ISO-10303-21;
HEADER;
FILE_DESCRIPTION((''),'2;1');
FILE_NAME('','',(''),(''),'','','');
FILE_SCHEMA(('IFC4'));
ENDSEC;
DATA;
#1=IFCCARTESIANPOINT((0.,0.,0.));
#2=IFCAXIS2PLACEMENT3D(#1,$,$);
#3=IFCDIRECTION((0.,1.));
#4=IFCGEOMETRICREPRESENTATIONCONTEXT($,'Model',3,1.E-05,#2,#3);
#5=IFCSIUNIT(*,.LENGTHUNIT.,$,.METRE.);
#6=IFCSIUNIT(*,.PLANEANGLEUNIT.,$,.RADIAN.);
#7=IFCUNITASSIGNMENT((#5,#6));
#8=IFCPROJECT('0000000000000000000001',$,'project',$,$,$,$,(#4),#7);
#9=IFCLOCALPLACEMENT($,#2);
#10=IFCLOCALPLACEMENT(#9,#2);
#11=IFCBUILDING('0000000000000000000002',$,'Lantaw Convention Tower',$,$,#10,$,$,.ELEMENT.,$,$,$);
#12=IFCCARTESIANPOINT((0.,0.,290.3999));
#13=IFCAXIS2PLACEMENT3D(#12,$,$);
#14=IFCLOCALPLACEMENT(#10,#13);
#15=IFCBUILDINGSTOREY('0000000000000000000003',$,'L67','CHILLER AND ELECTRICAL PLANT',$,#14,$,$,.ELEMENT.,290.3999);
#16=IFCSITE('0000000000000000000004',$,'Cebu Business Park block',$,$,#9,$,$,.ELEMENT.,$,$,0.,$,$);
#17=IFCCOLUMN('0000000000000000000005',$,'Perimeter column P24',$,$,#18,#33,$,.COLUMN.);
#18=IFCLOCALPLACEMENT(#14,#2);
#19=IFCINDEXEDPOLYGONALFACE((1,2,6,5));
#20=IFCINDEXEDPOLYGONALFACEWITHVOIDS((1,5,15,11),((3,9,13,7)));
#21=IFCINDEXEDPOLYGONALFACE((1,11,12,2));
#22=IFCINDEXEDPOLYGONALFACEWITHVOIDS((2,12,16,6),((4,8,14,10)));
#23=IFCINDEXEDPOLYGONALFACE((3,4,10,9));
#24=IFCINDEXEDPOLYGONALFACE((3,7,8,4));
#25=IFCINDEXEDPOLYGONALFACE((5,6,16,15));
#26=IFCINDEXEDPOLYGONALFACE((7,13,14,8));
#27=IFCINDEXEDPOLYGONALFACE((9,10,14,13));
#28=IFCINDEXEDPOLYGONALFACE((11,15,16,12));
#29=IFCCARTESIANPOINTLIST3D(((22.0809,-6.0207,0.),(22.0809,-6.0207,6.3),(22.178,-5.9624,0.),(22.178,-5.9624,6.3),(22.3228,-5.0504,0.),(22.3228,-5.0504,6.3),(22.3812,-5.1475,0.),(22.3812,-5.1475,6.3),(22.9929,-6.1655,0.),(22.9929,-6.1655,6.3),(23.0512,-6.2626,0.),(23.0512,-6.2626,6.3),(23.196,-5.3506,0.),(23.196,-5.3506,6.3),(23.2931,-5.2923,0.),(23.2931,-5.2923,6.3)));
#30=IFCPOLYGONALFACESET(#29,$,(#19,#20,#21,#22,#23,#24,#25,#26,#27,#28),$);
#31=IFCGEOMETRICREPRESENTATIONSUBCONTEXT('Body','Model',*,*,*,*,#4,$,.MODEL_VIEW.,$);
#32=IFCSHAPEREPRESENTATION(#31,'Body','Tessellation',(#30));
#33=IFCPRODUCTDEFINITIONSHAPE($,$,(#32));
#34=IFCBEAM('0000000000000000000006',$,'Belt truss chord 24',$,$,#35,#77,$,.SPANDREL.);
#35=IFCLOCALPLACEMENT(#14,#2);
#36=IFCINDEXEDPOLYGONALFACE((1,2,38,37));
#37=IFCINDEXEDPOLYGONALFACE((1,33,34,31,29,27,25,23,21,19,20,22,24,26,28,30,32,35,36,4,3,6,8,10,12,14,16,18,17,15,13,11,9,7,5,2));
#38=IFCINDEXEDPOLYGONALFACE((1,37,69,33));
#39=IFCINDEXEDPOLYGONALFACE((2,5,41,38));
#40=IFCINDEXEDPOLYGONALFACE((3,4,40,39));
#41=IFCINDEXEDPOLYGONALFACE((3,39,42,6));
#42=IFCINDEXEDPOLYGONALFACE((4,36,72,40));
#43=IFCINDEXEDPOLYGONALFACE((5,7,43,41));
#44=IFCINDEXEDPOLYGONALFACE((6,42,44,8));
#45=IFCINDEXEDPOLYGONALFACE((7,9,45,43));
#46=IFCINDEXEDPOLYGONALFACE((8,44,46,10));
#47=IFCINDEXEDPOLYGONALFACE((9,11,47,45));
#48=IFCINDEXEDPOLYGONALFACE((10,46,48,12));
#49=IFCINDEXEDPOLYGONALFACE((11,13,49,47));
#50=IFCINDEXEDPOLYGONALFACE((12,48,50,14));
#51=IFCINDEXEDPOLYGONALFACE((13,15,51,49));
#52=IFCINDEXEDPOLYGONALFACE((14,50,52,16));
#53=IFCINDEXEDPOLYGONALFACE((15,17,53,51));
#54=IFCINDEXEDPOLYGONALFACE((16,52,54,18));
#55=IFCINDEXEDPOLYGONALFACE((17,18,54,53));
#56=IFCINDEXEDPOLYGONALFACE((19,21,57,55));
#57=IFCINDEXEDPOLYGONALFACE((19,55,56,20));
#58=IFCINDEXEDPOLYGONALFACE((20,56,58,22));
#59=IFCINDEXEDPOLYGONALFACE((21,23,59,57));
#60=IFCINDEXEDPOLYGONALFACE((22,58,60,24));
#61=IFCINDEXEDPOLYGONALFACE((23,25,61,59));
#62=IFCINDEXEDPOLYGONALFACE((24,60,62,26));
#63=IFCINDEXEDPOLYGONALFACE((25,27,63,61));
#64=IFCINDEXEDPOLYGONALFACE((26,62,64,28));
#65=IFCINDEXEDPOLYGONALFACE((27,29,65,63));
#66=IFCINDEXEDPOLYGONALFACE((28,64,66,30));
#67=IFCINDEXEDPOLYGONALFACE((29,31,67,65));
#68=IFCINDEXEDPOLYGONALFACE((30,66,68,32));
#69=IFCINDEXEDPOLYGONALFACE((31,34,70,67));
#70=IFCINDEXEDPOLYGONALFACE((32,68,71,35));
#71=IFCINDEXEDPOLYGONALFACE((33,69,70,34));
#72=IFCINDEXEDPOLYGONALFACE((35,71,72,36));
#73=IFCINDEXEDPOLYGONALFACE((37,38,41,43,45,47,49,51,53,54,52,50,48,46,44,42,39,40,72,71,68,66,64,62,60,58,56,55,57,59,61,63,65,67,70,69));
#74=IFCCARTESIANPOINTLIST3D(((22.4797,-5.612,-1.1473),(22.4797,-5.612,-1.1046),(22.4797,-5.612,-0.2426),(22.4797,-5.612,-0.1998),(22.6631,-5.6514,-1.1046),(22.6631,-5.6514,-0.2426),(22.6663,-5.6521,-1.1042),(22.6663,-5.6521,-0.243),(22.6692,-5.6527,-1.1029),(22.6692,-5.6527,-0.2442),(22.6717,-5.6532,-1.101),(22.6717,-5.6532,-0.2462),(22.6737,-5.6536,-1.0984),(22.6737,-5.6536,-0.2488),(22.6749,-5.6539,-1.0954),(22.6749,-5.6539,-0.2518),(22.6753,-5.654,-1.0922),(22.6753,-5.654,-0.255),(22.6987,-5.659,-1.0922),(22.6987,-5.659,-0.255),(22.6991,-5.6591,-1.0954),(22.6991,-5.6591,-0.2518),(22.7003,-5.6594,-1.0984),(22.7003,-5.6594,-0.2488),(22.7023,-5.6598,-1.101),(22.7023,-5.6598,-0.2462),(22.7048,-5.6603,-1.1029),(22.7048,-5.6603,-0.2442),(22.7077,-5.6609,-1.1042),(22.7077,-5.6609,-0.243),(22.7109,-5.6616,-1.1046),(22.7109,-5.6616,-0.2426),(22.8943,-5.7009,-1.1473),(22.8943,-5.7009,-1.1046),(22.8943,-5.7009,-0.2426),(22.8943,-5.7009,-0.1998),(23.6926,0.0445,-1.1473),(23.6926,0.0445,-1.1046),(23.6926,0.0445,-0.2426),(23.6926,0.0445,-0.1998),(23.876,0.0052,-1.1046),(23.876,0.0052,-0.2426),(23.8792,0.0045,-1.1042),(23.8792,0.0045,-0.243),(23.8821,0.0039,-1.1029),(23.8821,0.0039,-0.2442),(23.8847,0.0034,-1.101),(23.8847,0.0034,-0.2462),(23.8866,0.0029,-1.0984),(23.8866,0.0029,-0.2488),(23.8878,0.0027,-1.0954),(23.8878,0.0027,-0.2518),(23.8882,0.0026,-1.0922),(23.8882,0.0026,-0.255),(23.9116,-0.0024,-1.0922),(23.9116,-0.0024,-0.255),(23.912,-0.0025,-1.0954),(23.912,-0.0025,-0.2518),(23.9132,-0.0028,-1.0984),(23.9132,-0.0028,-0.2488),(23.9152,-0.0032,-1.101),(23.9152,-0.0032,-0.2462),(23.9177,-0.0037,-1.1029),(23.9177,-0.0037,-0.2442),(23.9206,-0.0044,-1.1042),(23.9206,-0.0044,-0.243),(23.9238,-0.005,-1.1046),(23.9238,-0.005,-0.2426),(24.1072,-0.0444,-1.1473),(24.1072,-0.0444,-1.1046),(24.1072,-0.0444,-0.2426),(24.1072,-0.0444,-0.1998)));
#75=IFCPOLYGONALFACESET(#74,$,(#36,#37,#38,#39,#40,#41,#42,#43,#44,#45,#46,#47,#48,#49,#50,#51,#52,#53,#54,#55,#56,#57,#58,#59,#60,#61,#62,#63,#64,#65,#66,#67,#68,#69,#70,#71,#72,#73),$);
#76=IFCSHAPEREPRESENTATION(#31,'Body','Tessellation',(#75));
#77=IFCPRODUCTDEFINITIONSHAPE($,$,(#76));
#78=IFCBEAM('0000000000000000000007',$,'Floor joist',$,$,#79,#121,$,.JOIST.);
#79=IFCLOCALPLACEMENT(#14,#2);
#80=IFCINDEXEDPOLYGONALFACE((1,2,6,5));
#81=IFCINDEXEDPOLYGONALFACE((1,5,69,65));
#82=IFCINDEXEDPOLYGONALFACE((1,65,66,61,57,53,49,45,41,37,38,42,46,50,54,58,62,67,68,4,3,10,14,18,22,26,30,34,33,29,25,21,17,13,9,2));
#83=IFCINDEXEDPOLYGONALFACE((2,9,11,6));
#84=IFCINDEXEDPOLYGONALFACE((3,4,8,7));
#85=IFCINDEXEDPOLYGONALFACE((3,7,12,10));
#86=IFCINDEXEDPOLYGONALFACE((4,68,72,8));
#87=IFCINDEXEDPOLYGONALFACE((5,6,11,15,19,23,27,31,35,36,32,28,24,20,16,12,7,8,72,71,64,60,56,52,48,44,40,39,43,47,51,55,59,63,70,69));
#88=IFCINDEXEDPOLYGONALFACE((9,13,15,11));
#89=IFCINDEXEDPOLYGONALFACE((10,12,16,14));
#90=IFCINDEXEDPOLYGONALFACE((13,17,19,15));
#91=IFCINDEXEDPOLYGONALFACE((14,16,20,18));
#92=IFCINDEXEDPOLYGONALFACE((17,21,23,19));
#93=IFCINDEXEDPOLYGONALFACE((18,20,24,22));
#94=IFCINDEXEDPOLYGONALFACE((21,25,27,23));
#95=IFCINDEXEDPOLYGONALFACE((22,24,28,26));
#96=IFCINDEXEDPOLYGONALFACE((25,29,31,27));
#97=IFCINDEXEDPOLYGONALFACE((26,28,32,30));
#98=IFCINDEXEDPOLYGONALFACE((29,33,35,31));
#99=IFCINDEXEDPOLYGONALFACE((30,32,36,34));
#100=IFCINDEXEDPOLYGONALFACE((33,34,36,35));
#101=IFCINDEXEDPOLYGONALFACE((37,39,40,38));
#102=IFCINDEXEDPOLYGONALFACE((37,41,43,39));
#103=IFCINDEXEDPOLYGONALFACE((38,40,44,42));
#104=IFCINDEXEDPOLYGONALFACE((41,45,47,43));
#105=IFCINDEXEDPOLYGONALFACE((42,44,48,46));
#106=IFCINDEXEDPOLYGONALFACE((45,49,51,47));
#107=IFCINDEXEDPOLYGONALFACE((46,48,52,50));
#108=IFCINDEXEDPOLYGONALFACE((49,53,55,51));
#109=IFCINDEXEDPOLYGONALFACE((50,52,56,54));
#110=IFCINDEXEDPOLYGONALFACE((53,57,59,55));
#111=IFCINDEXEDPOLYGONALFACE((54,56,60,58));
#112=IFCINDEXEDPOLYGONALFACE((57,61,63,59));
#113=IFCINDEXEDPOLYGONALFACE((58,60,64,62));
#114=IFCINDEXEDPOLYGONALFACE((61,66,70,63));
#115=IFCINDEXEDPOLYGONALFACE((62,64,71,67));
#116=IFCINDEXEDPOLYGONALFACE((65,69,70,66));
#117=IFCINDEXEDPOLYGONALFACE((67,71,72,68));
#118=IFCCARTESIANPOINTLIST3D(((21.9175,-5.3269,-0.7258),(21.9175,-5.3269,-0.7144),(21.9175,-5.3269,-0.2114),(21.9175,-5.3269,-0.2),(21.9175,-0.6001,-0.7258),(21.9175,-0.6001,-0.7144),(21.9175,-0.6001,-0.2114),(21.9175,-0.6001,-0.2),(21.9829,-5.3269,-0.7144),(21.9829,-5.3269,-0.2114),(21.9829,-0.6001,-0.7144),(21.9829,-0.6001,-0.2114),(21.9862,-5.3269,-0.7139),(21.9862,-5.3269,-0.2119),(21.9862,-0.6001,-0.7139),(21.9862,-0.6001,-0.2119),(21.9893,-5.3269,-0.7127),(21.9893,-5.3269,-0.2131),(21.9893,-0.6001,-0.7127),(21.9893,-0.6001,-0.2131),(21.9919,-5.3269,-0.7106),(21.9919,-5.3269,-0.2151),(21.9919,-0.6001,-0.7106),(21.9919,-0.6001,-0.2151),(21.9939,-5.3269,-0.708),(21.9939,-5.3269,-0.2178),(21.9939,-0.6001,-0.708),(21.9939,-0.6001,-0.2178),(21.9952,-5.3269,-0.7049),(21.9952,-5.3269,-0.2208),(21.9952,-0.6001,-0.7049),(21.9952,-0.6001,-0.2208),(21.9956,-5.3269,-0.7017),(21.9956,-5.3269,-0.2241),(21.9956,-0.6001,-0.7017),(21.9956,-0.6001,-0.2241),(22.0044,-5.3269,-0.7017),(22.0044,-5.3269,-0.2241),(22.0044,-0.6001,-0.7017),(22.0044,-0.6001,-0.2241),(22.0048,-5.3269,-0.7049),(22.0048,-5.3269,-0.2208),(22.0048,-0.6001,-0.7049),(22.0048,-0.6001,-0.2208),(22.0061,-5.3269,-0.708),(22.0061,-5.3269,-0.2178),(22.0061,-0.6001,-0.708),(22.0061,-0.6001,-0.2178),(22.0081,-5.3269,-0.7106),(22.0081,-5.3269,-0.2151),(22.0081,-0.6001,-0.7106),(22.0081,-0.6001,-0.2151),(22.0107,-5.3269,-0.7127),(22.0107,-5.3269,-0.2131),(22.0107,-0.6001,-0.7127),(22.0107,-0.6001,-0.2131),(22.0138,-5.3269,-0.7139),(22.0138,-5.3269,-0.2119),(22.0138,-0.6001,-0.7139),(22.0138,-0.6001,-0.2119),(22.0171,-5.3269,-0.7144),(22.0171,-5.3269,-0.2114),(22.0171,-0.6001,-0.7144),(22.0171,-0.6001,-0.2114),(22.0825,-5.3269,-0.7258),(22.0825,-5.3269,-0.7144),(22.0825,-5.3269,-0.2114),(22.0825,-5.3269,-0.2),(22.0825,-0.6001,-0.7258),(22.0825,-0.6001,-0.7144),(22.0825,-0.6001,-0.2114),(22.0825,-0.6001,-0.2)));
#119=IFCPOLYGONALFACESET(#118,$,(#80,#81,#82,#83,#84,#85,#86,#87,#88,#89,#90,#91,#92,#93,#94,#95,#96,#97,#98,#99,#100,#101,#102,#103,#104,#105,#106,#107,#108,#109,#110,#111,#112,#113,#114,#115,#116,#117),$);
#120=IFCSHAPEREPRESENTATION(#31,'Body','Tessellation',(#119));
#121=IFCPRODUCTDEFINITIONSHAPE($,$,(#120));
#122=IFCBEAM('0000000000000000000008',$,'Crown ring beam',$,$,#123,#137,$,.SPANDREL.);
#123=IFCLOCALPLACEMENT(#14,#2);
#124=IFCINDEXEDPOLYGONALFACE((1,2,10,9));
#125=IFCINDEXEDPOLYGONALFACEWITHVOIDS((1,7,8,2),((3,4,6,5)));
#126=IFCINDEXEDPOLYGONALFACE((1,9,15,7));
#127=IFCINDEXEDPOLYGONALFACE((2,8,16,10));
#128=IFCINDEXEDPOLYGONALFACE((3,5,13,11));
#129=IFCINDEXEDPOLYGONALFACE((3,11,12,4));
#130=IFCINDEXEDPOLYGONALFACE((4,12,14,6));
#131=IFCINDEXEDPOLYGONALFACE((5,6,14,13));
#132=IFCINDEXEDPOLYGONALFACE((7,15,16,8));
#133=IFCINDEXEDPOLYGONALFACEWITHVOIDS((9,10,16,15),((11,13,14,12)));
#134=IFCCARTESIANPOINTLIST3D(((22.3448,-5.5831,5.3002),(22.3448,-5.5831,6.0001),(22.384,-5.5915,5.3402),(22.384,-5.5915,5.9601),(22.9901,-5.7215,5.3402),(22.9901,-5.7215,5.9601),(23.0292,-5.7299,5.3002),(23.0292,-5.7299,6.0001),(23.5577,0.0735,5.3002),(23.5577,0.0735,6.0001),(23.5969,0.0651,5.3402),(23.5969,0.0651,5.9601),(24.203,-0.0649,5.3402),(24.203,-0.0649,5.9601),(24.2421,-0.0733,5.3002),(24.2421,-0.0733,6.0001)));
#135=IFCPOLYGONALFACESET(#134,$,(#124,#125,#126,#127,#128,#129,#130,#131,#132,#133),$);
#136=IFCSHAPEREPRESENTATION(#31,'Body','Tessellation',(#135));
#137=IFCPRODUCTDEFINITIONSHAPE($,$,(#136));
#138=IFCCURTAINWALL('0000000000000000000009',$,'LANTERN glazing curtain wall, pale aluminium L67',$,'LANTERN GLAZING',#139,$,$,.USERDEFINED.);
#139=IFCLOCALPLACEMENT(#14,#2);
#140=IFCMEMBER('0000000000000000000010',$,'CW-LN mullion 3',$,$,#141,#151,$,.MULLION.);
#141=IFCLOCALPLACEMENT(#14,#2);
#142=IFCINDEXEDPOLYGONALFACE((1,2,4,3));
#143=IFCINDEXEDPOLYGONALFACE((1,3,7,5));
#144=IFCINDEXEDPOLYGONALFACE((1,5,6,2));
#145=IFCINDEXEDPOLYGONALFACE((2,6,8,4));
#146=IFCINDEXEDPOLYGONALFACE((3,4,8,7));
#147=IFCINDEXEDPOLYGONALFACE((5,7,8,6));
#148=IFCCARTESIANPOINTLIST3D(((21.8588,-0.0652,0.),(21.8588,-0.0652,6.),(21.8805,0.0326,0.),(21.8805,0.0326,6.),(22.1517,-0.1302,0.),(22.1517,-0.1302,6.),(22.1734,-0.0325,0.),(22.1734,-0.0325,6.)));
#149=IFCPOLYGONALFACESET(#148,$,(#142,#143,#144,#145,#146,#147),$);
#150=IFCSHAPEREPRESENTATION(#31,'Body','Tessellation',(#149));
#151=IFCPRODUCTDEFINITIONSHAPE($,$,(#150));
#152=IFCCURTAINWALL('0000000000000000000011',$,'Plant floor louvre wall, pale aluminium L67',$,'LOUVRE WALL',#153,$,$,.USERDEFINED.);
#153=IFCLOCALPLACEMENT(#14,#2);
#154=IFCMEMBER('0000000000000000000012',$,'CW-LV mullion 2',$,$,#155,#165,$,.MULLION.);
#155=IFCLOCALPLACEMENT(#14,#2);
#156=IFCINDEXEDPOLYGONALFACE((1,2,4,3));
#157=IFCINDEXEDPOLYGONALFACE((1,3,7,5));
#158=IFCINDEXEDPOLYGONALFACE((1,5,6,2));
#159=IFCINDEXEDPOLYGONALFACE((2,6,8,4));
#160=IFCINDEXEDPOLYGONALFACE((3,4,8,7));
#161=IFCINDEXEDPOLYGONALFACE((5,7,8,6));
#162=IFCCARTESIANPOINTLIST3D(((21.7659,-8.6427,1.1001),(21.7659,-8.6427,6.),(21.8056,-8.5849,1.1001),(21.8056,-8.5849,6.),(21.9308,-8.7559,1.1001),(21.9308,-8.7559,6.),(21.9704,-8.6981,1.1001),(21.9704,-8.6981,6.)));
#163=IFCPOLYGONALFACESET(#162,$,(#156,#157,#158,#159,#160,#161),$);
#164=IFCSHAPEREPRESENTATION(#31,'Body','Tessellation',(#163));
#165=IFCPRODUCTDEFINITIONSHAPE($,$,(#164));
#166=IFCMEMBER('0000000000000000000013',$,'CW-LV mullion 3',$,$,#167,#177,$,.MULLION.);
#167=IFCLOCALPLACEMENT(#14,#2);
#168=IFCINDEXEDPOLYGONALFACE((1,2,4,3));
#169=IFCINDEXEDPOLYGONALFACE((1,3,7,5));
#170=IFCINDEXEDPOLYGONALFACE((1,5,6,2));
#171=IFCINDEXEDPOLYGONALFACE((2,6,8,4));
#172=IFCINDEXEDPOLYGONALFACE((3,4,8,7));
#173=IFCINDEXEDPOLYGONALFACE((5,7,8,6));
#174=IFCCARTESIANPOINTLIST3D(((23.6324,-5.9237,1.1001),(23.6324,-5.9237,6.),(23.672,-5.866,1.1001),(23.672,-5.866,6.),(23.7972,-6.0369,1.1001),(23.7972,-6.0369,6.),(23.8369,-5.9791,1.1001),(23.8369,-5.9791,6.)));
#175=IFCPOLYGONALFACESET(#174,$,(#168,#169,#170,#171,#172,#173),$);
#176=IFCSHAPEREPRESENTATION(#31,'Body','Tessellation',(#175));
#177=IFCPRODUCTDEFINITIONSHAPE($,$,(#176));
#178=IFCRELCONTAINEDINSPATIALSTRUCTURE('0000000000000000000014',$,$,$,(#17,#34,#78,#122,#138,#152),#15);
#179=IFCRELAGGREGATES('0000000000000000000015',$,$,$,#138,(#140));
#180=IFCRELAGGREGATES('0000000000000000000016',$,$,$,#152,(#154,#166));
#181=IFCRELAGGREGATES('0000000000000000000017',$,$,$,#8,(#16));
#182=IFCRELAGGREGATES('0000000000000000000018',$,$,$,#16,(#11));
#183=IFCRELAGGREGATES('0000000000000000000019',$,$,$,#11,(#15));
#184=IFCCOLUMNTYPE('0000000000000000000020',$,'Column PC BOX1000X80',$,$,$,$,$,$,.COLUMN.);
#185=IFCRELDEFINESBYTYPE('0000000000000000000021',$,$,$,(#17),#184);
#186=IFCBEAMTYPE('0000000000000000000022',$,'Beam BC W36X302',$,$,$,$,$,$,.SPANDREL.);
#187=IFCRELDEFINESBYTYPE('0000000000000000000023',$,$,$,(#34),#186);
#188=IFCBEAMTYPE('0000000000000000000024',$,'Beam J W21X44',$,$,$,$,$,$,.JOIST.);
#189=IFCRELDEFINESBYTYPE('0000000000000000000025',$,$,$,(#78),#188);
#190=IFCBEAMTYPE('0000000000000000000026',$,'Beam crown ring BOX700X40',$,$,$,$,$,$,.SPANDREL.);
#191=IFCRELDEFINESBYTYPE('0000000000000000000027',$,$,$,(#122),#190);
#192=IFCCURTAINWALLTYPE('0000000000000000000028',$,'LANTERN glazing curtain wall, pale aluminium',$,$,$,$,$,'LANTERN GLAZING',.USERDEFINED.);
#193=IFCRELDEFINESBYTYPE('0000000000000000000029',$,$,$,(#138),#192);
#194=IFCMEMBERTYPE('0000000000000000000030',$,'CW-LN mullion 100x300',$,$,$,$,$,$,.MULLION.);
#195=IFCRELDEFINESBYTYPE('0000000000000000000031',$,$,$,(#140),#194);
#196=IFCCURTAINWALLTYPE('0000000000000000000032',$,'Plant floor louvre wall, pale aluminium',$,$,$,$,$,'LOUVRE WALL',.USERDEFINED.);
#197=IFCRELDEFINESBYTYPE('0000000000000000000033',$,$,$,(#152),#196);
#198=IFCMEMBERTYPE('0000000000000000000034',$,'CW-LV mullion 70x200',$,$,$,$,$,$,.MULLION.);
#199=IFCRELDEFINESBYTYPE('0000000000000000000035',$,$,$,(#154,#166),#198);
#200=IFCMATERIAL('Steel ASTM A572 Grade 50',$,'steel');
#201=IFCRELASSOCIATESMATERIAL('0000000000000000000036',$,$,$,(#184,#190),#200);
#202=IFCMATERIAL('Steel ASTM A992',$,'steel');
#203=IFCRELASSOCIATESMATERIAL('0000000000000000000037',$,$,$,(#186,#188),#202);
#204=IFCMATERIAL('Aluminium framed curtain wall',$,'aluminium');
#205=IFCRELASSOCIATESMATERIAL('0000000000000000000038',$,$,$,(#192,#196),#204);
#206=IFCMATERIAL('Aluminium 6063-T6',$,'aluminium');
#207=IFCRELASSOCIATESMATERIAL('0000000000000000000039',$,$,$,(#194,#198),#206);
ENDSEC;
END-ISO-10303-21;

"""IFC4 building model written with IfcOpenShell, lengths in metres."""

from ifc_helpers import new_model, si_unit, direction, frame, origin, origin_2d, place, context, subcontext, project, spatial, rectangle, hollow_rectangle, i_section, extrude, material, material_profile, profile_set, type_object, element, aggregate, save


model = new_model("IFC4")

# Units and contexts
model_context = context("Model", 3, precision=1e-05, world=origin(), true_north=direction((0.0, 1.0)))
body_context = subcontext(model_context, "Body", "Model", "MODEL_VIEW")
ifc_project = project(units=[si_unit("LENGTHUNIT", "METRE"), si_unit("PLANEANGLEUNIT", "RADIAN")], contexts=[model_context])

# Site, building, storey
site_placement = place(None, origin())
site = spatial("IfcSite", under=ifc_project, at=site_placement, Name="Cebu Business Park block", CompositionType="ELEMENT", RefElevation=0.0)
building_placement = place(site_placement, origin())
building = spatial("IfcBuilding", under=site, at=building_placement, Name="Lantaw Convention Tower", CompositionType="ELEMENT")
storey_placement = place(building_placement, frame((0.0, 0.0, 290.3999)))
storey = spatial("IfcBuildingStorey", under=building, at=storey_placement, Name="L67", Description="CHILLER AND ELECTRICAL PLANT", CompositionType="ELEMENT", Elevation=290.3999)

# Column
ifc_material_1 = material(Name="Steel ASTM A572 Grade 50", Category="steel")
ifc_material_profile_1 = material_profile(ifc_material_1, hollow_rectangle(XDim=1.0, YDim=1.0, WallThickness=0.0801, at=origin_2d()), Name="BOX1000X80")
ifc_material_2 = material(Name="Concrete C60/75", Category="concrete")
ifc_material_profile_2 = material_profile(ifc_material_2, rectangle(XDim=0.8401, YDim=0.8401, at=origin_2d()), Name="Concrete fill of BOX1000X80")
ifc_profile_set_1 = profile_set([ifc_material_profile_1, ifc_material_profile_2], Name="Steel ASTM A572 Grade 50")
column_type = type_object("IfcColumnType", Name="Column PC BOX1000X80", PredefinedType="COLUMN", material=ifc_profile_set_1)
column_placement = place(storey_placement, frame((22.687, -5.6565, 0.0), z_axis=(0.0, 0.0, 1.0), x_axis=(0.241922, 0.970296, 0.0)))
element("IfcColumn", 1, at=column_placement, inside=storey, type_object=column_type, Name="Perimeter column P24", PredefinedType="COLUMN", context=body_context, shape_type="SweptSolid", body=[
    extrude(hollow_rectangle(XDim=1.0, YDim=1.0, WallThickness=0.0801, at=origin_2d()), origin(), (0.0, 0.0, 1.0), 6.3),
])

# Beams
ifc_material_3 = material(Name="Steel ASTM A992", Category="steel")
ifc_material_profile_3 = material_profile(ifc_material_3, i_section(OverallWidth=0.4241, OverallDepth=0.9475, WebThickness=0.0239, FlangeThickness=0.0427, FilletRadius=0.0125, at=origin_2d()), Name="W36X302")
ifc_profile_set_2 = profile_set([ifc_material_profile_3], Name="Steel ASTM A992")
beam_type_1 = type_object("IfcBeamType", Name="Beam BC W36X302", PredefinedType="SPANDREL", material=ifc_profile_set_2)
beam_1_placement = place(storey_placement, frame((22.687, -5.6565, -0.6736), z_axis=(0.209659, 0.977775, 0.0), x_axis=(-0.977775, 0.209659, 0.0)))
element("IfcBeam", 2, at=beam_1_placement, inside=storey, type_object=beam_type_1, Name="Belt truss chord 24", PredefinedType="SPANDREL", context=body_context, shape_type="SweptSolid", body=[
    extrude(i_section(OverallWidth=0.4241, OverallDepth=0.9475, WebThickness=0.0239, FlangeThickness=0.0427, FilletRadius=0.0125, at=origin_2d()), origin(), (0.0, 0.0, 1.0), 5.7852),
])
ifc_material_profile_4 = material_profile(ifc_material_3, i_section(OverallWidth=0.165, OverallDepth=0.5259, WebThickness=0.0088, FlangeThickness=0.0115, FilletRadius=0.0127, at=origin_2d()), Name="W21X44")
ifc_profile_set_3 = profile_set([ifc_material_profile_4], Name="Steel ASTM A992")
beam_type_2 = type_object("IfcBeamType", Name="Beam J W21X44", PredefinedType="JOIST", material=ifc_profile_set_3)
beam_2_placement = place(storey_placement, frame((22.0, -5.3269, -0.4629), z_axis=(0.0, 1.0, 0.0), x_axis=(-1.0, 0.0, 0.0)))
element("IfcBeam", 3, at=beam_2_placement, inside=storey, type_object=beam_type_2, Name="Floor joist", PredefinedType="JOIST", context=body_context, shape_type="SweptSolid", body=[
    extrude(i_section(OverallWidth=0.165, OverallDepth=0.5259, WebThickness=0.0088, FlangeThickness=0.0115, FilletRadius=0.0127, at=origin_2d()), origin(), (0.0, 0.0, 1.0), 4.7268),
])
ifc_material_profile_5 = material_profile(ifc_material_1, hollow_rectangle(XDim=0.7, YDim=0.7, WallThickness=0.04, at=origin_2d()), Name="BOX700X40")
ifc_profile_set_4 = profile_set([ifc_material_profile_5], Name="Steel ASTM A572 Grade 50")
beam_type_3 = type_object("IfcBeamType", Name="Beam crown ring BOX700X40", PredefinedType="SPANDREL", material=ifc_profile_set_4)
beam_3_placement = place(storey_placement, frame((22.687, -5.6565, 5.6501), z_axis=(0.209659, 0.977775, 0.0), x_axis=(-0.977775, 0.209659, 0.0)))
element("IfcBeam", 4, at=beam_3_placement, inside=storey, type_object=beam_type_3, Name="Crown ring beam", PredefinedType="SPANDREL", context=body_context, shape_type="SweptSolid", body=[
    extrude(hollow_rectangle(XDim=0.7, YDim=0.7, WallThickness=0.04, at=origin_2d()), origin(), (0.0, 0.0, 1.0), 5.7852),
])

# Curtain wall, member
ifc_material_4 = material(Name="Aluminium framed curtain wall", Category="aluminium")
curtain_wall_type_1 = type_object("IfcCurtainWallType", Name="LANTERN glazing curtain wall, pale aluminium", ElementType="LANTERN GLAZING", PredefinedType="USERDEFINED", material=ifc_material_4)
curtain_wall_1_placement = place(storey_placement, origin())
curtain_wall_1 = element("IfcCurtainWall", 5, at=curtain_wall_1_placement, inside=storey, type_object=curtain_wall_type_1, Name="LANTERN glazing curtain wall, pale aluminium L67", ObjectType="LANTERN GLAZING", PredefinedType="USERDEFINED")
ifc_material_5 = material(Name="Aluminium 6063-T6", Category="aluminium")
ifc_material_profile_6 = material_profile(ifc_material_5, rectangle(XDim=0.3, YDim=0.1001, at=origin_2d()), Name="CW-LN mullion 100x300")
ifc_profile_set_5 = profile_set([ifc_material_profile_6], Name="Aluminium 6063-T6")
member_type_1 = type_object("IfcMemberType", Name="CW-LN mullion 100x300", PredefinedType="MULLION", material=ifc_profile_set_5)
member_1_placement = place(storey_placement, frame((22.0161, -0.0488, 0.0), z_axis=(0.0, 0.0, 1.0), x_axis=(-0.976224, 0.216765, 0.0)))
member_1 = element("IfcMember", 6, at=member_1_placement, type_object=member_type_1, Name="CW-LN mullion 3", PredefinedType="MULLION", context=body_context, shape_type="SweptSolid", body=[
    extrude(rectangle(XDim=0.3, YDim=0.1001, at=origin_2d()), origin(), (0.0, 0.0, 1.0), 6.0),
])

# Curtain wall, members
curtain_wall_type_2 = type_object("IfcCurtainWallType", Name="Plant floor louvre wall, pale aluminium", ElementType="LOUVRE WALL", PredefinedType="USERDEFINED", material=ifc_material_4)
curtain_wall_2_placement = place(storey_placement, origin())
curtain_wall_2 = element("IfcCurtainWall", 7, at=curtain_wall_2_placement, inside=storey, type_object=curtain_wall_type_2, Name="Plant floor louvre wall, pale aluminium L67", ObjectType="LOUVRE WALL", PredefinedType="USERDEFINED")
ifc_material_profile_7 = material_profile(ifc_material_5, rectangle(XDim=0.2, YDim=0.0701, at=origin_2d()), Name="CW-LV mullion 70x200")
ifc_profile_set_6 = profile_set([ifc_material_profile_7], Name="Aluminium 6063-T6")
member_type_2 = type_object("IfcMemberType", Name="CW-LV mullion 70x200", PredefinedType="MULLION", material=ifc_profile_set_6)
member_2_placement = place(storey_placement, frame((21.8682, -8.6704, 1.1001), z_axis=(0.0, 0.0, 1.0), x_axis=(-0.82445, 0.565935, 0.0)))
member_2 = element("IfcMember", 8, at=member_2_placement, type_object=member_type_2, Name="CW-LV mullion 2", PredefinedType="MULLION", context=body_context, shape_type="SweptSolid", body=[
    extrude(rectangle(XDim=0.2, YDim=0.0701, at=origin_2d()), origin(), (0.0, 0.0, 1.0), 4.8999),
])
member_3_placement = place(storey_placement, frame((23.7346, -5.9514, 1.1001), z_axis=(0.0, 0.0, 1.0), x_axis=(-0.82445, 0.565935, 0.0)))
member_3 = element("IfcMember", 9, at=member_3_placement, type_object=member_type_2, Name="CW-LV mullion 3", PredefinedType="MULLION", context=body_context, shape_type="SweptSolid", body=[
    extrude(rectangle(XDim=0.2, YDim=0.0701, at=origin_2d()), origin(), (0.0, 0.0, 1.0), 4.8999),
])

aggregate(curtain_wall_1, [member_1])
aggregate(curtain_wall_2, [member_2, member_3])

save(model, "model.ifc")
